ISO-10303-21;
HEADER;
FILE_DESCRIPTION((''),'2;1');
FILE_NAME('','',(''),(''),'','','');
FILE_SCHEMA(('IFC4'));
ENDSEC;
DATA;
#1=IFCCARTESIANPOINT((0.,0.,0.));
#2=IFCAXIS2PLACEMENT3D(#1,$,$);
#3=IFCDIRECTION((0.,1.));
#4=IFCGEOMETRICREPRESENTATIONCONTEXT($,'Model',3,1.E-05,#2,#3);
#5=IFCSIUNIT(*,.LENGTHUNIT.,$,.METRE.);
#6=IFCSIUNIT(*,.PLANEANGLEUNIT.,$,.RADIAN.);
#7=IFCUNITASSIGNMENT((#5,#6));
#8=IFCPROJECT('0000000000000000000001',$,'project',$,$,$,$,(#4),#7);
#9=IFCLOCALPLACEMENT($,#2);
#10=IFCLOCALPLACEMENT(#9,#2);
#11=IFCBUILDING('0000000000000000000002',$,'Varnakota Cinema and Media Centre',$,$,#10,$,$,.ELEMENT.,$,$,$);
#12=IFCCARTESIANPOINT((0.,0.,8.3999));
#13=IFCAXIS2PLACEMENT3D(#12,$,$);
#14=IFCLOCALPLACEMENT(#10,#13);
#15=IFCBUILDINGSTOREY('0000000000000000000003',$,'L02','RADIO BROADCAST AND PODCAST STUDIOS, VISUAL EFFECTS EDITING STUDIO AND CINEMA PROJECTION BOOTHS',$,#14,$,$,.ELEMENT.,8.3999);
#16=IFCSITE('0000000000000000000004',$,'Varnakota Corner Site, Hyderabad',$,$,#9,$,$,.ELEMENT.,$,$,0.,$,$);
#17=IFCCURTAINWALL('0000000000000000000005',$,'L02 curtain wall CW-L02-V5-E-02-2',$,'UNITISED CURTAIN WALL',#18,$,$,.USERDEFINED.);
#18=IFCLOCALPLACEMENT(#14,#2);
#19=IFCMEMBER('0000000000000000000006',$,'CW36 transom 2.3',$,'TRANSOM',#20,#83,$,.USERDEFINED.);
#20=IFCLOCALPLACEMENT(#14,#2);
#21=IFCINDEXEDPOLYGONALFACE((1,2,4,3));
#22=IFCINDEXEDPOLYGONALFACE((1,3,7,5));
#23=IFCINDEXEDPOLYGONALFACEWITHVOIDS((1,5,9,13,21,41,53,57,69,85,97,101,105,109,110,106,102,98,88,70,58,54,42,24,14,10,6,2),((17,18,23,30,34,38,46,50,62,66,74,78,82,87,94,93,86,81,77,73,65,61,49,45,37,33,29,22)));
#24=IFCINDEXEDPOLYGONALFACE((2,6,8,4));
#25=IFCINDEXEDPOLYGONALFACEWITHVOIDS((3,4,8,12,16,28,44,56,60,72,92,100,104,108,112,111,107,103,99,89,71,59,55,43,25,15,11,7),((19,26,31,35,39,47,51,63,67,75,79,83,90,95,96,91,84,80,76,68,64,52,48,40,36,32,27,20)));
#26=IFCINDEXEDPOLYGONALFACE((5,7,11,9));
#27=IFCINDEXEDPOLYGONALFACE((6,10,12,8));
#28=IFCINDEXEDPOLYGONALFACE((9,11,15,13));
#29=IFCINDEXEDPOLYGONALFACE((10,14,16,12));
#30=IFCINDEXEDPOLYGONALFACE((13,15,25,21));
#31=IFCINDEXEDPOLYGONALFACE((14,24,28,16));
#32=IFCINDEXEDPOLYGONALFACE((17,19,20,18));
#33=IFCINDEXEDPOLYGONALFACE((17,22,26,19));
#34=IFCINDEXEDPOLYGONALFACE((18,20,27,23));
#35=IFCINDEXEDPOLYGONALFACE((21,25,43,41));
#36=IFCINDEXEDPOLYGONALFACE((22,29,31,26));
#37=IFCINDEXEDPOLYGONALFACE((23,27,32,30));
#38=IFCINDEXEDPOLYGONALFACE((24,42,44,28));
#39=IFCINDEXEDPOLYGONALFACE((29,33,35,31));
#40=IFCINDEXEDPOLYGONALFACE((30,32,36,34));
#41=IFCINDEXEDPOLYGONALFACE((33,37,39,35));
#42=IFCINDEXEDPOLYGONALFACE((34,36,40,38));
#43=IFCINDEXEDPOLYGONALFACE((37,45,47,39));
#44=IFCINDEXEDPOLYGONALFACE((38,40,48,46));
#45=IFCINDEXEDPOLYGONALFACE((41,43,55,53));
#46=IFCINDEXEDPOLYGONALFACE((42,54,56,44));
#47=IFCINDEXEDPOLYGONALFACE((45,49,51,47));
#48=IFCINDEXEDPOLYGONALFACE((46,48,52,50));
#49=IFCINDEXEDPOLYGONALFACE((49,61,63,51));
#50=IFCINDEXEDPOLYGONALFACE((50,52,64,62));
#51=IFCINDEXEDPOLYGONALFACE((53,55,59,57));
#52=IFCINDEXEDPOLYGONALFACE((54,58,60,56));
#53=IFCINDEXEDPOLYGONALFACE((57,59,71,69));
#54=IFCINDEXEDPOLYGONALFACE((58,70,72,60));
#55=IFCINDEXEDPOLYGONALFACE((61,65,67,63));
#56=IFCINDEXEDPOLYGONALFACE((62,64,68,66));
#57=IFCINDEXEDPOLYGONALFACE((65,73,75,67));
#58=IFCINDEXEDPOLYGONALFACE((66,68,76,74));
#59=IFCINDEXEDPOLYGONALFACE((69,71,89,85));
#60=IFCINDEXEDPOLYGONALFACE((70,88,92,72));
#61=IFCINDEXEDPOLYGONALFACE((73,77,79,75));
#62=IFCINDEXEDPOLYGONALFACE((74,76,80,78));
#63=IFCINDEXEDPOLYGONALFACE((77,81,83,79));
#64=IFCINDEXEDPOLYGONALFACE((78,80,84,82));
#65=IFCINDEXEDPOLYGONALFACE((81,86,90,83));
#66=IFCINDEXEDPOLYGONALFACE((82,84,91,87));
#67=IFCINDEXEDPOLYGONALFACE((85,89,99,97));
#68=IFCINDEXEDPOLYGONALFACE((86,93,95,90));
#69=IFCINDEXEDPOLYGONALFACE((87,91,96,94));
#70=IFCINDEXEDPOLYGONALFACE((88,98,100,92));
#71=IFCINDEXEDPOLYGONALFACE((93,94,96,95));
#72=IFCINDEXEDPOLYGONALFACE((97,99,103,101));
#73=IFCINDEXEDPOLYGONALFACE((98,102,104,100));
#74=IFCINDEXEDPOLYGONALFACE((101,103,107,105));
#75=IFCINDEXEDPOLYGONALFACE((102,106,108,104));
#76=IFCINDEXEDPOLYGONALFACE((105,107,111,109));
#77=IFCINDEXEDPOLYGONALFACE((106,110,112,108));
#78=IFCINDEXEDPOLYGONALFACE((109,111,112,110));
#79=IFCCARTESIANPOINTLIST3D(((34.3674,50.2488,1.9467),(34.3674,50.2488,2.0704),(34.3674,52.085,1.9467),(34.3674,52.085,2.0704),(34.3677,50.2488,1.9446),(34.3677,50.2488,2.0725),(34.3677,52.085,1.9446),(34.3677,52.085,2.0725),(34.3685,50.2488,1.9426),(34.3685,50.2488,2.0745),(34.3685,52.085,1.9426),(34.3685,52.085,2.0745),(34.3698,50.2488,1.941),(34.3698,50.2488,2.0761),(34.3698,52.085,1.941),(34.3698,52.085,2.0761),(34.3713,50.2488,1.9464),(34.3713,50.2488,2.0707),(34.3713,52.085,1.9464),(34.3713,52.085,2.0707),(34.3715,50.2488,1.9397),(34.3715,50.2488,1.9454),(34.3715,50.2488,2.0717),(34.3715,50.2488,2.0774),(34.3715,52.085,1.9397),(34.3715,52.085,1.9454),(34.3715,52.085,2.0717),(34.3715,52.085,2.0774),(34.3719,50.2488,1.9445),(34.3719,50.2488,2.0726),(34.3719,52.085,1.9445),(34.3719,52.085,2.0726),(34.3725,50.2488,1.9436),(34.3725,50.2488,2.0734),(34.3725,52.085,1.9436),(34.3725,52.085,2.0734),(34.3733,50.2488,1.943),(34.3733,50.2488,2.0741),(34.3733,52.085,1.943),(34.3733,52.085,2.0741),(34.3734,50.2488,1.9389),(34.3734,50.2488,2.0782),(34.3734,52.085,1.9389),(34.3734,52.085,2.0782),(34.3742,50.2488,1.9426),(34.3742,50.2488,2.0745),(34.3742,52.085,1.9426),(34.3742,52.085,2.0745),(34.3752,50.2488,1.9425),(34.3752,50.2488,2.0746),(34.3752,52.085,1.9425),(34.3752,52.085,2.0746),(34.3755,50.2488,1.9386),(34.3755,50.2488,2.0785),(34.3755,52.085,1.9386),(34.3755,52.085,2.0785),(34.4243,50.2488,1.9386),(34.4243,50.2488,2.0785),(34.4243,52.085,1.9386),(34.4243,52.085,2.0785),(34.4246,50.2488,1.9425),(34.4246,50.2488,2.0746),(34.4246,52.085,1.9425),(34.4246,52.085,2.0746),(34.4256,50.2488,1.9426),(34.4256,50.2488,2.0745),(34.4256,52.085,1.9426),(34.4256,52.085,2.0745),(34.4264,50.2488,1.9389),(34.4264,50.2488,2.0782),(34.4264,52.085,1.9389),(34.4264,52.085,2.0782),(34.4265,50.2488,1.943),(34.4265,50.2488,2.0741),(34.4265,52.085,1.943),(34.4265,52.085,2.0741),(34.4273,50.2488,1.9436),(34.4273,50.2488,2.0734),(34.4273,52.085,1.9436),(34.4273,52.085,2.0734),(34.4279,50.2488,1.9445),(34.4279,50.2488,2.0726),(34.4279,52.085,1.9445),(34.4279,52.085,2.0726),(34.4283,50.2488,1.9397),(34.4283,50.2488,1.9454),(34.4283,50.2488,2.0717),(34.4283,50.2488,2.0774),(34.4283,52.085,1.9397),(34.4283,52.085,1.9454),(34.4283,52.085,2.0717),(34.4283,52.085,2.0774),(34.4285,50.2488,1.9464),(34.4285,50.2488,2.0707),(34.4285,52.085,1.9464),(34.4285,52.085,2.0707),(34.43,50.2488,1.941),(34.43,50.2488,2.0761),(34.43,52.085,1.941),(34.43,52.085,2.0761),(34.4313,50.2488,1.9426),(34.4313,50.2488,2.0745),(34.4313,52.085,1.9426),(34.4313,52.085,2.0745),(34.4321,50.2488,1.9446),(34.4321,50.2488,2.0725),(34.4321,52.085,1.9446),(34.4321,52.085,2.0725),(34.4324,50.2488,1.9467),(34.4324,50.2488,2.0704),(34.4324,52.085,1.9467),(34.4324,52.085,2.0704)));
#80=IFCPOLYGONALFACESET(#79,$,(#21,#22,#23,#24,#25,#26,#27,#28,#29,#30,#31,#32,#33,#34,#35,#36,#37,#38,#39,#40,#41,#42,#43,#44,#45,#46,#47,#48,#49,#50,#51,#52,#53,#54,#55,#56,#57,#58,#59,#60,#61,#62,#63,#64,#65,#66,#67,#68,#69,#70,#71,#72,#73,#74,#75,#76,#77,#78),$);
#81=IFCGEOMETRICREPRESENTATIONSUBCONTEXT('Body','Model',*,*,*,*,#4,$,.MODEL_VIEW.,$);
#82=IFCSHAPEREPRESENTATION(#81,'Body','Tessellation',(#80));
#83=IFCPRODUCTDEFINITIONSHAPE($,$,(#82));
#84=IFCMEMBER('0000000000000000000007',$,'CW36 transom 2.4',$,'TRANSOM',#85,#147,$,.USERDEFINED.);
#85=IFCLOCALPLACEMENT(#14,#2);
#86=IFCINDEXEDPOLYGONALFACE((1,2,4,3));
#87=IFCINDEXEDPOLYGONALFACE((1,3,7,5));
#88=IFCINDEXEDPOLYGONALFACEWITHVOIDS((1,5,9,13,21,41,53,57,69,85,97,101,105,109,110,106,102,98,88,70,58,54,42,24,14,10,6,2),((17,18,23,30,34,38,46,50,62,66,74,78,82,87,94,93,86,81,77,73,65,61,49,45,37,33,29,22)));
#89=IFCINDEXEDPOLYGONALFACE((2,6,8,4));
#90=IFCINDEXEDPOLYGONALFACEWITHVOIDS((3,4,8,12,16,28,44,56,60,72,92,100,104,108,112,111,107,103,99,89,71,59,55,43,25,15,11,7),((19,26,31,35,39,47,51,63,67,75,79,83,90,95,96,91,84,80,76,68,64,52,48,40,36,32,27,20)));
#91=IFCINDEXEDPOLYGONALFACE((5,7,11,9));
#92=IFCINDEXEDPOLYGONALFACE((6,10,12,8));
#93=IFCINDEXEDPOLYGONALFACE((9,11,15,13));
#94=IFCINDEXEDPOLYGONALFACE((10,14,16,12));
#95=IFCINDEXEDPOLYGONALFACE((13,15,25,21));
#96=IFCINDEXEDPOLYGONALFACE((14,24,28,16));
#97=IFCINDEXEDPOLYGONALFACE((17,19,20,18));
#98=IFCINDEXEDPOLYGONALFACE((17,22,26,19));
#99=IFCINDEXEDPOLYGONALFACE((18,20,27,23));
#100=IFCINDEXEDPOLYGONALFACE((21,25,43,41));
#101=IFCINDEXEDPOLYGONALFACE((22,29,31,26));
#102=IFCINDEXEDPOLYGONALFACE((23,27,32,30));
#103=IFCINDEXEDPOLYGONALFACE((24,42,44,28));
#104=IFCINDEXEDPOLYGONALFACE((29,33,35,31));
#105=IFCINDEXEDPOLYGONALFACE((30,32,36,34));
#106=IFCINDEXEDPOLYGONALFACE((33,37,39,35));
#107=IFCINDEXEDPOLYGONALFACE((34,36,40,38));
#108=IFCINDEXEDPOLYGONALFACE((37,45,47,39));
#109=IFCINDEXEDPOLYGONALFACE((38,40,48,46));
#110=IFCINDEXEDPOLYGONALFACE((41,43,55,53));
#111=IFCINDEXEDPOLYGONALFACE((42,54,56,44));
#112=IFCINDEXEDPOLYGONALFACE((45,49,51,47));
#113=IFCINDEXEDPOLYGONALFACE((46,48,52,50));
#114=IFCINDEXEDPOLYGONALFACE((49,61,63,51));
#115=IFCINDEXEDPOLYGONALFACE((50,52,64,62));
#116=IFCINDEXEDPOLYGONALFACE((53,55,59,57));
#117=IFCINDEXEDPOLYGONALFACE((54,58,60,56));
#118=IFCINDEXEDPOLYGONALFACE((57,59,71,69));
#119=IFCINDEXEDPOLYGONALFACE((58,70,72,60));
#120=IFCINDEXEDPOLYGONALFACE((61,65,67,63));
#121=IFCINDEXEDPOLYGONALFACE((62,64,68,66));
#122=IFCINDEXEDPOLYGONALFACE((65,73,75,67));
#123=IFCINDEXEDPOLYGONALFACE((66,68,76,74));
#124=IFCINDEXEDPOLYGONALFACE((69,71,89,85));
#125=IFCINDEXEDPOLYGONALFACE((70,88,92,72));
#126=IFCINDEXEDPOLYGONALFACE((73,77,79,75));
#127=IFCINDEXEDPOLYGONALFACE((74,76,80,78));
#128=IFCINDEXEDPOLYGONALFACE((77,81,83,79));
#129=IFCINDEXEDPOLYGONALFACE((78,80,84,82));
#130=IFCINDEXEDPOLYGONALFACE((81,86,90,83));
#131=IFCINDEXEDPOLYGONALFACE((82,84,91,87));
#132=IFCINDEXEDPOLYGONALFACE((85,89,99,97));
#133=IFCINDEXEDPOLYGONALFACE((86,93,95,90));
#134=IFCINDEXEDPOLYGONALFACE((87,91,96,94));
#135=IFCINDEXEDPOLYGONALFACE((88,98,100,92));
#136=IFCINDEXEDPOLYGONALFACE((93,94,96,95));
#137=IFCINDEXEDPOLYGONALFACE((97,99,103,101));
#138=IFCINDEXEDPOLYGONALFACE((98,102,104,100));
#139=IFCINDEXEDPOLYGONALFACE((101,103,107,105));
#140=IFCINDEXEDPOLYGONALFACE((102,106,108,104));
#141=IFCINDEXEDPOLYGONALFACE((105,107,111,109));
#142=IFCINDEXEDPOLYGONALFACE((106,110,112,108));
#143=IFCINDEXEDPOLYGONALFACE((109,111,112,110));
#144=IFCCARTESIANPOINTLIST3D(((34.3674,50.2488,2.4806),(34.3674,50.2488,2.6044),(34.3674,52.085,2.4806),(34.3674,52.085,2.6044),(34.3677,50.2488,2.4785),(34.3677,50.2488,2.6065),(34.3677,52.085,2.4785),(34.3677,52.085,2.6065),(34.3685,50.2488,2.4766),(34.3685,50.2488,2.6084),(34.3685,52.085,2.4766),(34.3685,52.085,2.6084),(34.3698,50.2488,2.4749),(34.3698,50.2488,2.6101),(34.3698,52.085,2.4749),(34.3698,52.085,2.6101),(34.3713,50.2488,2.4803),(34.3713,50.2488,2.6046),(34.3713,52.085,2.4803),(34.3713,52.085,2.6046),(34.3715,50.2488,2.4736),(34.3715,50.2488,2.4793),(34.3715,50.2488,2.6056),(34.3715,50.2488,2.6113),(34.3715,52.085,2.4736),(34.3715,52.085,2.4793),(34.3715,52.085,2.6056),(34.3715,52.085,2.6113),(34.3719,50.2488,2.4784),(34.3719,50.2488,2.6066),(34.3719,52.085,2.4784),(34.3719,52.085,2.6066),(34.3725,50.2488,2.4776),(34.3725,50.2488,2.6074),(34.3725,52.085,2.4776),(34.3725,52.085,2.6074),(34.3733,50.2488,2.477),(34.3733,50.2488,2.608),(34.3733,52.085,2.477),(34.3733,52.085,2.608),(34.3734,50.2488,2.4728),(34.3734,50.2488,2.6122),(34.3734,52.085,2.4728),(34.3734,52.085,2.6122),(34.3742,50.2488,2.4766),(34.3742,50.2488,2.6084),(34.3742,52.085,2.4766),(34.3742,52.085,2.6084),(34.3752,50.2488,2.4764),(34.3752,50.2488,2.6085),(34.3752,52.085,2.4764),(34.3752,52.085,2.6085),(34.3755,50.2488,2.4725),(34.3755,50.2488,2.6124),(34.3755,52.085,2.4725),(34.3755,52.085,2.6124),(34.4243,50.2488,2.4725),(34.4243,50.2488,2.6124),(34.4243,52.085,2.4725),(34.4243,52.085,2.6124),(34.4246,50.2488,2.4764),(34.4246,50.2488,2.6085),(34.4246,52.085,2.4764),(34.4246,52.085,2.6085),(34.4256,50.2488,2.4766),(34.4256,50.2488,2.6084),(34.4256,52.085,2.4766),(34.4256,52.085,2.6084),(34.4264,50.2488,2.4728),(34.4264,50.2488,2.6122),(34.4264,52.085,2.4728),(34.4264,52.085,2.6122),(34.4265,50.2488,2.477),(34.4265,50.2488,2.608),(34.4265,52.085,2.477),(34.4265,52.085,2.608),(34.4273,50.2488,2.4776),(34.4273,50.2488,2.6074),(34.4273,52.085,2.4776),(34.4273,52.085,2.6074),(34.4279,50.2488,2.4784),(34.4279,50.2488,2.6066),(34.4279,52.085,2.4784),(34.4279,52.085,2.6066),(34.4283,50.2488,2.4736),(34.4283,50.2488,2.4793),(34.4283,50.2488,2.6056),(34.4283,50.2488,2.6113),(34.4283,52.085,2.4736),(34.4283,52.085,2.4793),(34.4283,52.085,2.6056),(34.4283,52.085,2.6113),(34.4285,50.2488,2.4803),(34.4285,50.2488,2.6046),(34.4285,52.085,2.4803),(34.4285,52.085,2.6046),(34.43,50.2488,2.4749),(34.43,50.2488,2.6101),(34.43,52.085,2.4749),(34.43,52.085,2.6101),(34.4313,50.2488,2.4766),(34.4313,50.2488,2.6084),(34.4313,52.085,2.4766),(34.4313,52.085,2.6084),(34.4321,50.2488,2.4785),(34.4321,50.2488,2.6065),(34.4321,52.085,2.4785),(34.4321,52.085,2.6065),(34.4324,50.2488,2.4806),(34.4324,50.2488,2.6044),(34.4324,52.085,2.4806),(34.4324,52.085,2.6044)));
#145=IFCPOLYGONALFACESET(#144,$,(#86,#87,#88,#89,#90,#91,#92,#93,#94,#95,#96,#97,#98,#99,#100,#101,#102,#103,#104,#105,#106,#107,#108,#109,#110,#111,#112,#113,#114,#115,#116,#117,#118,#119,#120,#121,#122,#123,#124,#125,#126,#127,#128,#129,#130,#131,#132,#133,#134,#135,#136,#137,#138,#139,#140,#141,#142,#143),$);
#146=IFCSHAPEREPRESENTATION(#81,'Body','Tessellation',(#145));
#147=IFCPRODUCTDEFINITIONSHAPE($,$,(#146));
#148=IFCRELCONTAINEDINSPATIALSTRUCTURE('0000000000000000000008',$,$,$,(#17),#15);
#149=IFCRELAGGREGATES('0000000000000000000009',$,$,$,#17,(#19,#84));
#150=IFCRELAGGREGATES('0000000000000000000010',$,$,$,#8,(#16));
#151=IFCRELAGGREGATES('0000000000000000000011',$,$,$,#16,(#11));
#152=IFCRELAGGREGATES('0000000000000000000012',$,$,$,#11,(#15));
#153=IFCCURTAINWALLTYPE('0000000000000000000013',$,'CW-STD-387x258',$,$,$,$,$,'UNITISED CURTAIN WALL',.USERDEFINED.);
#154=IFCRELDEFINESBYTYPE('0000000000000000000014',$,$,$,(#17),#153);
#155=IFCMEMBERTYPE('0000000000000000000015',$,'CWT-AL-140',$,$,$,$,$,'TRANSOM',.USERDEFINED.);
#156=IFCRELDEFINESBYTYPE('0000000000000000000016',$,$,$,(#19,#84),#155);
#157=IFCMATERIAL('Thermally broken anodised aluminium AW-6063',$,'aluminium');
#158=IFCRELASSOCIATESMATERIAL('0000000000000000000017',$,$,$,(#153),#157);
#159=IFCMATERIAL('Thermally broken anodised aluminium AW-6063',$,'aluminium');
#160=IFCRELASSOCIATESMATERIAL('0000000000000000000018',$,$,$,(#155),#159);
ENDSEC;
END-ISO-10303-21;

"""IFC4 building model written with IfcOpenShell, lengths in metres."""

from ifc_helpers import new_model, si_unit, direction, frame, origin, origin_2d, place, context, subcontext, project, spatial, hollow_rectangle, extrude, material, material_profile, profile_set, type_object, element, aggregate, save


model = new_model("IFC4")

# Units and contexts
model_context = context("Model", 3, precision=1e-05, world=origin(), true_north=direction((0.0, 1.0)))
body_context = subcontext(model_context, "Body", "Model", "MODEL_VIEW")
ifc_project = project(units=[si_unit("LENGTHUNIT", "METRE"), si_unit("PLANEANGLEUNIT", "RADIAN")], contexts=[model_context])

# Site, building, storey
site_placement = place(None, origin())
site = spatial("IfcSite", under=ifc_project, at=site_placement, Name="Varnakota Corner Site, Hyderabad", CompositionType="ELEMENT", RefElevation=0.0)
building_placement = place(site_placement, origin())
building = spatial("IfcBuilding", under=site, at=building_placement, Name="Varnakota Cinema and Media Centre", CompositionType="ELEMENT")
storey_placement = place(building_placement, frame((0.0, 0.0, 8.3999)))
storey = spatial("IfcBuildingStorey", under=building, at=storey_placement, Name="L02", Description="RADIO BROADCAST AND PODCAST STUDIOS, VISUAL EFFECTS EDITING STUDIO AND CINEMA PROJECTION BOOTHS", CompositionType="ELEMENT", Elevation=8.3999)

# Curtain wall
ifc_material_1 = material(Name="Thermally broken anodised aluminium AW-6063", Category="aluminium")
curtain_wall_type_1 = type_object("IfcCurtainWallType", Name="CW-STD-387x258", ElementType="UNITISED CURTAIN WALL", PredefinedType="USERDEFINED", material=ifc_material_1)
curtain_wall_1_placement = place(storey_placement, origin())
curtain_wall_1 = element("IfcCurtainWall", 1, at=curtain_wall_1_placement, inside=storey, type_object=curtain_wall_type_1, Name="L02 curtain wall CW-L02-V5-E-02-2", ObjectType="UNITISED CURTAIN WALL", PredefinedType="USERDEFINED")

# Members
ifc_material_2 = material(Name="Thermally broken anodised aluminium AW-6063", Category="aluminium")
ifc_material_profile_1 = material_profile(ifc_material_2, hollow_rectangle(XDim=0.0649, YDim=0.1399, WallThickness=0.0039, InnerFilletRadius=0.0039, OuterFilletRadius=0.0081, at=origin_2d()), Name="AL-TRANSOM 140x65x4")
ifc_profile_set_1 = profile_set([ifc_material_profile_1], Name="Thermally broken anodised aluminium AW-6063")
member_type_1 = type_object("IfcMemberType", Name="CWT-AL-140", ElementType="TRANSOM", PredefinedType="USERDEFINED", material=ifc_profile_set_1)
member_1_placement = place(storey_placement, frame((34.3999, 50.2488, 2.0085), z_axis=(0.0, 1.0, 0.0), x_axis=(-1.0, 0.0, 0.0)))
member_1 = element("IfcMember", 2, at=member_1_placement, type_object=member_type_1, Name="CW36 transom 2.3", ObjectType="TRANSOM", PredefinedType="USERDEFINED", context=body_context, shape_type="SweptSolid", body=[
    extrude(hollow_rectangle(XDim=0.0649, YDim=0.1399, WallThickness=0.0039, InnerFilletRadius=0.0039, OuterFilletRadius=0.0081, at=origin_2d()), origin(), (0.0, 0.0, 1.0), 1.8362),
])
member_2_placement = place(storey_placement, frame((34.3999, 50.2488, 2.5425), z_axis=(0.0, 1.0, 0.0), x_axis=(-1.0, 0.0, 0.0)))
member_2 = element("IfcMember", 3, at=member_2_placement, type_object=member_type_1, Name="CW36 transom 2.4", ObjectType="TRANSOM", PredefinedType="USERDEFINED", context=body_context, shape_type="SweptSolid", body=[
    extrude(hollow_rectangle(XDim=0.0649, YDim=0.1399, WallThickness=0.0039, InnerFilletRadius=0.0039, OuterFilletRadius=0.0081, at=origin_2d()), origin(), (0.0, 0.0, 1.0), 1.8362),
])

aggregate(curtain_wall_1, [member_1, member_2])

save(model, "model.ifc")
